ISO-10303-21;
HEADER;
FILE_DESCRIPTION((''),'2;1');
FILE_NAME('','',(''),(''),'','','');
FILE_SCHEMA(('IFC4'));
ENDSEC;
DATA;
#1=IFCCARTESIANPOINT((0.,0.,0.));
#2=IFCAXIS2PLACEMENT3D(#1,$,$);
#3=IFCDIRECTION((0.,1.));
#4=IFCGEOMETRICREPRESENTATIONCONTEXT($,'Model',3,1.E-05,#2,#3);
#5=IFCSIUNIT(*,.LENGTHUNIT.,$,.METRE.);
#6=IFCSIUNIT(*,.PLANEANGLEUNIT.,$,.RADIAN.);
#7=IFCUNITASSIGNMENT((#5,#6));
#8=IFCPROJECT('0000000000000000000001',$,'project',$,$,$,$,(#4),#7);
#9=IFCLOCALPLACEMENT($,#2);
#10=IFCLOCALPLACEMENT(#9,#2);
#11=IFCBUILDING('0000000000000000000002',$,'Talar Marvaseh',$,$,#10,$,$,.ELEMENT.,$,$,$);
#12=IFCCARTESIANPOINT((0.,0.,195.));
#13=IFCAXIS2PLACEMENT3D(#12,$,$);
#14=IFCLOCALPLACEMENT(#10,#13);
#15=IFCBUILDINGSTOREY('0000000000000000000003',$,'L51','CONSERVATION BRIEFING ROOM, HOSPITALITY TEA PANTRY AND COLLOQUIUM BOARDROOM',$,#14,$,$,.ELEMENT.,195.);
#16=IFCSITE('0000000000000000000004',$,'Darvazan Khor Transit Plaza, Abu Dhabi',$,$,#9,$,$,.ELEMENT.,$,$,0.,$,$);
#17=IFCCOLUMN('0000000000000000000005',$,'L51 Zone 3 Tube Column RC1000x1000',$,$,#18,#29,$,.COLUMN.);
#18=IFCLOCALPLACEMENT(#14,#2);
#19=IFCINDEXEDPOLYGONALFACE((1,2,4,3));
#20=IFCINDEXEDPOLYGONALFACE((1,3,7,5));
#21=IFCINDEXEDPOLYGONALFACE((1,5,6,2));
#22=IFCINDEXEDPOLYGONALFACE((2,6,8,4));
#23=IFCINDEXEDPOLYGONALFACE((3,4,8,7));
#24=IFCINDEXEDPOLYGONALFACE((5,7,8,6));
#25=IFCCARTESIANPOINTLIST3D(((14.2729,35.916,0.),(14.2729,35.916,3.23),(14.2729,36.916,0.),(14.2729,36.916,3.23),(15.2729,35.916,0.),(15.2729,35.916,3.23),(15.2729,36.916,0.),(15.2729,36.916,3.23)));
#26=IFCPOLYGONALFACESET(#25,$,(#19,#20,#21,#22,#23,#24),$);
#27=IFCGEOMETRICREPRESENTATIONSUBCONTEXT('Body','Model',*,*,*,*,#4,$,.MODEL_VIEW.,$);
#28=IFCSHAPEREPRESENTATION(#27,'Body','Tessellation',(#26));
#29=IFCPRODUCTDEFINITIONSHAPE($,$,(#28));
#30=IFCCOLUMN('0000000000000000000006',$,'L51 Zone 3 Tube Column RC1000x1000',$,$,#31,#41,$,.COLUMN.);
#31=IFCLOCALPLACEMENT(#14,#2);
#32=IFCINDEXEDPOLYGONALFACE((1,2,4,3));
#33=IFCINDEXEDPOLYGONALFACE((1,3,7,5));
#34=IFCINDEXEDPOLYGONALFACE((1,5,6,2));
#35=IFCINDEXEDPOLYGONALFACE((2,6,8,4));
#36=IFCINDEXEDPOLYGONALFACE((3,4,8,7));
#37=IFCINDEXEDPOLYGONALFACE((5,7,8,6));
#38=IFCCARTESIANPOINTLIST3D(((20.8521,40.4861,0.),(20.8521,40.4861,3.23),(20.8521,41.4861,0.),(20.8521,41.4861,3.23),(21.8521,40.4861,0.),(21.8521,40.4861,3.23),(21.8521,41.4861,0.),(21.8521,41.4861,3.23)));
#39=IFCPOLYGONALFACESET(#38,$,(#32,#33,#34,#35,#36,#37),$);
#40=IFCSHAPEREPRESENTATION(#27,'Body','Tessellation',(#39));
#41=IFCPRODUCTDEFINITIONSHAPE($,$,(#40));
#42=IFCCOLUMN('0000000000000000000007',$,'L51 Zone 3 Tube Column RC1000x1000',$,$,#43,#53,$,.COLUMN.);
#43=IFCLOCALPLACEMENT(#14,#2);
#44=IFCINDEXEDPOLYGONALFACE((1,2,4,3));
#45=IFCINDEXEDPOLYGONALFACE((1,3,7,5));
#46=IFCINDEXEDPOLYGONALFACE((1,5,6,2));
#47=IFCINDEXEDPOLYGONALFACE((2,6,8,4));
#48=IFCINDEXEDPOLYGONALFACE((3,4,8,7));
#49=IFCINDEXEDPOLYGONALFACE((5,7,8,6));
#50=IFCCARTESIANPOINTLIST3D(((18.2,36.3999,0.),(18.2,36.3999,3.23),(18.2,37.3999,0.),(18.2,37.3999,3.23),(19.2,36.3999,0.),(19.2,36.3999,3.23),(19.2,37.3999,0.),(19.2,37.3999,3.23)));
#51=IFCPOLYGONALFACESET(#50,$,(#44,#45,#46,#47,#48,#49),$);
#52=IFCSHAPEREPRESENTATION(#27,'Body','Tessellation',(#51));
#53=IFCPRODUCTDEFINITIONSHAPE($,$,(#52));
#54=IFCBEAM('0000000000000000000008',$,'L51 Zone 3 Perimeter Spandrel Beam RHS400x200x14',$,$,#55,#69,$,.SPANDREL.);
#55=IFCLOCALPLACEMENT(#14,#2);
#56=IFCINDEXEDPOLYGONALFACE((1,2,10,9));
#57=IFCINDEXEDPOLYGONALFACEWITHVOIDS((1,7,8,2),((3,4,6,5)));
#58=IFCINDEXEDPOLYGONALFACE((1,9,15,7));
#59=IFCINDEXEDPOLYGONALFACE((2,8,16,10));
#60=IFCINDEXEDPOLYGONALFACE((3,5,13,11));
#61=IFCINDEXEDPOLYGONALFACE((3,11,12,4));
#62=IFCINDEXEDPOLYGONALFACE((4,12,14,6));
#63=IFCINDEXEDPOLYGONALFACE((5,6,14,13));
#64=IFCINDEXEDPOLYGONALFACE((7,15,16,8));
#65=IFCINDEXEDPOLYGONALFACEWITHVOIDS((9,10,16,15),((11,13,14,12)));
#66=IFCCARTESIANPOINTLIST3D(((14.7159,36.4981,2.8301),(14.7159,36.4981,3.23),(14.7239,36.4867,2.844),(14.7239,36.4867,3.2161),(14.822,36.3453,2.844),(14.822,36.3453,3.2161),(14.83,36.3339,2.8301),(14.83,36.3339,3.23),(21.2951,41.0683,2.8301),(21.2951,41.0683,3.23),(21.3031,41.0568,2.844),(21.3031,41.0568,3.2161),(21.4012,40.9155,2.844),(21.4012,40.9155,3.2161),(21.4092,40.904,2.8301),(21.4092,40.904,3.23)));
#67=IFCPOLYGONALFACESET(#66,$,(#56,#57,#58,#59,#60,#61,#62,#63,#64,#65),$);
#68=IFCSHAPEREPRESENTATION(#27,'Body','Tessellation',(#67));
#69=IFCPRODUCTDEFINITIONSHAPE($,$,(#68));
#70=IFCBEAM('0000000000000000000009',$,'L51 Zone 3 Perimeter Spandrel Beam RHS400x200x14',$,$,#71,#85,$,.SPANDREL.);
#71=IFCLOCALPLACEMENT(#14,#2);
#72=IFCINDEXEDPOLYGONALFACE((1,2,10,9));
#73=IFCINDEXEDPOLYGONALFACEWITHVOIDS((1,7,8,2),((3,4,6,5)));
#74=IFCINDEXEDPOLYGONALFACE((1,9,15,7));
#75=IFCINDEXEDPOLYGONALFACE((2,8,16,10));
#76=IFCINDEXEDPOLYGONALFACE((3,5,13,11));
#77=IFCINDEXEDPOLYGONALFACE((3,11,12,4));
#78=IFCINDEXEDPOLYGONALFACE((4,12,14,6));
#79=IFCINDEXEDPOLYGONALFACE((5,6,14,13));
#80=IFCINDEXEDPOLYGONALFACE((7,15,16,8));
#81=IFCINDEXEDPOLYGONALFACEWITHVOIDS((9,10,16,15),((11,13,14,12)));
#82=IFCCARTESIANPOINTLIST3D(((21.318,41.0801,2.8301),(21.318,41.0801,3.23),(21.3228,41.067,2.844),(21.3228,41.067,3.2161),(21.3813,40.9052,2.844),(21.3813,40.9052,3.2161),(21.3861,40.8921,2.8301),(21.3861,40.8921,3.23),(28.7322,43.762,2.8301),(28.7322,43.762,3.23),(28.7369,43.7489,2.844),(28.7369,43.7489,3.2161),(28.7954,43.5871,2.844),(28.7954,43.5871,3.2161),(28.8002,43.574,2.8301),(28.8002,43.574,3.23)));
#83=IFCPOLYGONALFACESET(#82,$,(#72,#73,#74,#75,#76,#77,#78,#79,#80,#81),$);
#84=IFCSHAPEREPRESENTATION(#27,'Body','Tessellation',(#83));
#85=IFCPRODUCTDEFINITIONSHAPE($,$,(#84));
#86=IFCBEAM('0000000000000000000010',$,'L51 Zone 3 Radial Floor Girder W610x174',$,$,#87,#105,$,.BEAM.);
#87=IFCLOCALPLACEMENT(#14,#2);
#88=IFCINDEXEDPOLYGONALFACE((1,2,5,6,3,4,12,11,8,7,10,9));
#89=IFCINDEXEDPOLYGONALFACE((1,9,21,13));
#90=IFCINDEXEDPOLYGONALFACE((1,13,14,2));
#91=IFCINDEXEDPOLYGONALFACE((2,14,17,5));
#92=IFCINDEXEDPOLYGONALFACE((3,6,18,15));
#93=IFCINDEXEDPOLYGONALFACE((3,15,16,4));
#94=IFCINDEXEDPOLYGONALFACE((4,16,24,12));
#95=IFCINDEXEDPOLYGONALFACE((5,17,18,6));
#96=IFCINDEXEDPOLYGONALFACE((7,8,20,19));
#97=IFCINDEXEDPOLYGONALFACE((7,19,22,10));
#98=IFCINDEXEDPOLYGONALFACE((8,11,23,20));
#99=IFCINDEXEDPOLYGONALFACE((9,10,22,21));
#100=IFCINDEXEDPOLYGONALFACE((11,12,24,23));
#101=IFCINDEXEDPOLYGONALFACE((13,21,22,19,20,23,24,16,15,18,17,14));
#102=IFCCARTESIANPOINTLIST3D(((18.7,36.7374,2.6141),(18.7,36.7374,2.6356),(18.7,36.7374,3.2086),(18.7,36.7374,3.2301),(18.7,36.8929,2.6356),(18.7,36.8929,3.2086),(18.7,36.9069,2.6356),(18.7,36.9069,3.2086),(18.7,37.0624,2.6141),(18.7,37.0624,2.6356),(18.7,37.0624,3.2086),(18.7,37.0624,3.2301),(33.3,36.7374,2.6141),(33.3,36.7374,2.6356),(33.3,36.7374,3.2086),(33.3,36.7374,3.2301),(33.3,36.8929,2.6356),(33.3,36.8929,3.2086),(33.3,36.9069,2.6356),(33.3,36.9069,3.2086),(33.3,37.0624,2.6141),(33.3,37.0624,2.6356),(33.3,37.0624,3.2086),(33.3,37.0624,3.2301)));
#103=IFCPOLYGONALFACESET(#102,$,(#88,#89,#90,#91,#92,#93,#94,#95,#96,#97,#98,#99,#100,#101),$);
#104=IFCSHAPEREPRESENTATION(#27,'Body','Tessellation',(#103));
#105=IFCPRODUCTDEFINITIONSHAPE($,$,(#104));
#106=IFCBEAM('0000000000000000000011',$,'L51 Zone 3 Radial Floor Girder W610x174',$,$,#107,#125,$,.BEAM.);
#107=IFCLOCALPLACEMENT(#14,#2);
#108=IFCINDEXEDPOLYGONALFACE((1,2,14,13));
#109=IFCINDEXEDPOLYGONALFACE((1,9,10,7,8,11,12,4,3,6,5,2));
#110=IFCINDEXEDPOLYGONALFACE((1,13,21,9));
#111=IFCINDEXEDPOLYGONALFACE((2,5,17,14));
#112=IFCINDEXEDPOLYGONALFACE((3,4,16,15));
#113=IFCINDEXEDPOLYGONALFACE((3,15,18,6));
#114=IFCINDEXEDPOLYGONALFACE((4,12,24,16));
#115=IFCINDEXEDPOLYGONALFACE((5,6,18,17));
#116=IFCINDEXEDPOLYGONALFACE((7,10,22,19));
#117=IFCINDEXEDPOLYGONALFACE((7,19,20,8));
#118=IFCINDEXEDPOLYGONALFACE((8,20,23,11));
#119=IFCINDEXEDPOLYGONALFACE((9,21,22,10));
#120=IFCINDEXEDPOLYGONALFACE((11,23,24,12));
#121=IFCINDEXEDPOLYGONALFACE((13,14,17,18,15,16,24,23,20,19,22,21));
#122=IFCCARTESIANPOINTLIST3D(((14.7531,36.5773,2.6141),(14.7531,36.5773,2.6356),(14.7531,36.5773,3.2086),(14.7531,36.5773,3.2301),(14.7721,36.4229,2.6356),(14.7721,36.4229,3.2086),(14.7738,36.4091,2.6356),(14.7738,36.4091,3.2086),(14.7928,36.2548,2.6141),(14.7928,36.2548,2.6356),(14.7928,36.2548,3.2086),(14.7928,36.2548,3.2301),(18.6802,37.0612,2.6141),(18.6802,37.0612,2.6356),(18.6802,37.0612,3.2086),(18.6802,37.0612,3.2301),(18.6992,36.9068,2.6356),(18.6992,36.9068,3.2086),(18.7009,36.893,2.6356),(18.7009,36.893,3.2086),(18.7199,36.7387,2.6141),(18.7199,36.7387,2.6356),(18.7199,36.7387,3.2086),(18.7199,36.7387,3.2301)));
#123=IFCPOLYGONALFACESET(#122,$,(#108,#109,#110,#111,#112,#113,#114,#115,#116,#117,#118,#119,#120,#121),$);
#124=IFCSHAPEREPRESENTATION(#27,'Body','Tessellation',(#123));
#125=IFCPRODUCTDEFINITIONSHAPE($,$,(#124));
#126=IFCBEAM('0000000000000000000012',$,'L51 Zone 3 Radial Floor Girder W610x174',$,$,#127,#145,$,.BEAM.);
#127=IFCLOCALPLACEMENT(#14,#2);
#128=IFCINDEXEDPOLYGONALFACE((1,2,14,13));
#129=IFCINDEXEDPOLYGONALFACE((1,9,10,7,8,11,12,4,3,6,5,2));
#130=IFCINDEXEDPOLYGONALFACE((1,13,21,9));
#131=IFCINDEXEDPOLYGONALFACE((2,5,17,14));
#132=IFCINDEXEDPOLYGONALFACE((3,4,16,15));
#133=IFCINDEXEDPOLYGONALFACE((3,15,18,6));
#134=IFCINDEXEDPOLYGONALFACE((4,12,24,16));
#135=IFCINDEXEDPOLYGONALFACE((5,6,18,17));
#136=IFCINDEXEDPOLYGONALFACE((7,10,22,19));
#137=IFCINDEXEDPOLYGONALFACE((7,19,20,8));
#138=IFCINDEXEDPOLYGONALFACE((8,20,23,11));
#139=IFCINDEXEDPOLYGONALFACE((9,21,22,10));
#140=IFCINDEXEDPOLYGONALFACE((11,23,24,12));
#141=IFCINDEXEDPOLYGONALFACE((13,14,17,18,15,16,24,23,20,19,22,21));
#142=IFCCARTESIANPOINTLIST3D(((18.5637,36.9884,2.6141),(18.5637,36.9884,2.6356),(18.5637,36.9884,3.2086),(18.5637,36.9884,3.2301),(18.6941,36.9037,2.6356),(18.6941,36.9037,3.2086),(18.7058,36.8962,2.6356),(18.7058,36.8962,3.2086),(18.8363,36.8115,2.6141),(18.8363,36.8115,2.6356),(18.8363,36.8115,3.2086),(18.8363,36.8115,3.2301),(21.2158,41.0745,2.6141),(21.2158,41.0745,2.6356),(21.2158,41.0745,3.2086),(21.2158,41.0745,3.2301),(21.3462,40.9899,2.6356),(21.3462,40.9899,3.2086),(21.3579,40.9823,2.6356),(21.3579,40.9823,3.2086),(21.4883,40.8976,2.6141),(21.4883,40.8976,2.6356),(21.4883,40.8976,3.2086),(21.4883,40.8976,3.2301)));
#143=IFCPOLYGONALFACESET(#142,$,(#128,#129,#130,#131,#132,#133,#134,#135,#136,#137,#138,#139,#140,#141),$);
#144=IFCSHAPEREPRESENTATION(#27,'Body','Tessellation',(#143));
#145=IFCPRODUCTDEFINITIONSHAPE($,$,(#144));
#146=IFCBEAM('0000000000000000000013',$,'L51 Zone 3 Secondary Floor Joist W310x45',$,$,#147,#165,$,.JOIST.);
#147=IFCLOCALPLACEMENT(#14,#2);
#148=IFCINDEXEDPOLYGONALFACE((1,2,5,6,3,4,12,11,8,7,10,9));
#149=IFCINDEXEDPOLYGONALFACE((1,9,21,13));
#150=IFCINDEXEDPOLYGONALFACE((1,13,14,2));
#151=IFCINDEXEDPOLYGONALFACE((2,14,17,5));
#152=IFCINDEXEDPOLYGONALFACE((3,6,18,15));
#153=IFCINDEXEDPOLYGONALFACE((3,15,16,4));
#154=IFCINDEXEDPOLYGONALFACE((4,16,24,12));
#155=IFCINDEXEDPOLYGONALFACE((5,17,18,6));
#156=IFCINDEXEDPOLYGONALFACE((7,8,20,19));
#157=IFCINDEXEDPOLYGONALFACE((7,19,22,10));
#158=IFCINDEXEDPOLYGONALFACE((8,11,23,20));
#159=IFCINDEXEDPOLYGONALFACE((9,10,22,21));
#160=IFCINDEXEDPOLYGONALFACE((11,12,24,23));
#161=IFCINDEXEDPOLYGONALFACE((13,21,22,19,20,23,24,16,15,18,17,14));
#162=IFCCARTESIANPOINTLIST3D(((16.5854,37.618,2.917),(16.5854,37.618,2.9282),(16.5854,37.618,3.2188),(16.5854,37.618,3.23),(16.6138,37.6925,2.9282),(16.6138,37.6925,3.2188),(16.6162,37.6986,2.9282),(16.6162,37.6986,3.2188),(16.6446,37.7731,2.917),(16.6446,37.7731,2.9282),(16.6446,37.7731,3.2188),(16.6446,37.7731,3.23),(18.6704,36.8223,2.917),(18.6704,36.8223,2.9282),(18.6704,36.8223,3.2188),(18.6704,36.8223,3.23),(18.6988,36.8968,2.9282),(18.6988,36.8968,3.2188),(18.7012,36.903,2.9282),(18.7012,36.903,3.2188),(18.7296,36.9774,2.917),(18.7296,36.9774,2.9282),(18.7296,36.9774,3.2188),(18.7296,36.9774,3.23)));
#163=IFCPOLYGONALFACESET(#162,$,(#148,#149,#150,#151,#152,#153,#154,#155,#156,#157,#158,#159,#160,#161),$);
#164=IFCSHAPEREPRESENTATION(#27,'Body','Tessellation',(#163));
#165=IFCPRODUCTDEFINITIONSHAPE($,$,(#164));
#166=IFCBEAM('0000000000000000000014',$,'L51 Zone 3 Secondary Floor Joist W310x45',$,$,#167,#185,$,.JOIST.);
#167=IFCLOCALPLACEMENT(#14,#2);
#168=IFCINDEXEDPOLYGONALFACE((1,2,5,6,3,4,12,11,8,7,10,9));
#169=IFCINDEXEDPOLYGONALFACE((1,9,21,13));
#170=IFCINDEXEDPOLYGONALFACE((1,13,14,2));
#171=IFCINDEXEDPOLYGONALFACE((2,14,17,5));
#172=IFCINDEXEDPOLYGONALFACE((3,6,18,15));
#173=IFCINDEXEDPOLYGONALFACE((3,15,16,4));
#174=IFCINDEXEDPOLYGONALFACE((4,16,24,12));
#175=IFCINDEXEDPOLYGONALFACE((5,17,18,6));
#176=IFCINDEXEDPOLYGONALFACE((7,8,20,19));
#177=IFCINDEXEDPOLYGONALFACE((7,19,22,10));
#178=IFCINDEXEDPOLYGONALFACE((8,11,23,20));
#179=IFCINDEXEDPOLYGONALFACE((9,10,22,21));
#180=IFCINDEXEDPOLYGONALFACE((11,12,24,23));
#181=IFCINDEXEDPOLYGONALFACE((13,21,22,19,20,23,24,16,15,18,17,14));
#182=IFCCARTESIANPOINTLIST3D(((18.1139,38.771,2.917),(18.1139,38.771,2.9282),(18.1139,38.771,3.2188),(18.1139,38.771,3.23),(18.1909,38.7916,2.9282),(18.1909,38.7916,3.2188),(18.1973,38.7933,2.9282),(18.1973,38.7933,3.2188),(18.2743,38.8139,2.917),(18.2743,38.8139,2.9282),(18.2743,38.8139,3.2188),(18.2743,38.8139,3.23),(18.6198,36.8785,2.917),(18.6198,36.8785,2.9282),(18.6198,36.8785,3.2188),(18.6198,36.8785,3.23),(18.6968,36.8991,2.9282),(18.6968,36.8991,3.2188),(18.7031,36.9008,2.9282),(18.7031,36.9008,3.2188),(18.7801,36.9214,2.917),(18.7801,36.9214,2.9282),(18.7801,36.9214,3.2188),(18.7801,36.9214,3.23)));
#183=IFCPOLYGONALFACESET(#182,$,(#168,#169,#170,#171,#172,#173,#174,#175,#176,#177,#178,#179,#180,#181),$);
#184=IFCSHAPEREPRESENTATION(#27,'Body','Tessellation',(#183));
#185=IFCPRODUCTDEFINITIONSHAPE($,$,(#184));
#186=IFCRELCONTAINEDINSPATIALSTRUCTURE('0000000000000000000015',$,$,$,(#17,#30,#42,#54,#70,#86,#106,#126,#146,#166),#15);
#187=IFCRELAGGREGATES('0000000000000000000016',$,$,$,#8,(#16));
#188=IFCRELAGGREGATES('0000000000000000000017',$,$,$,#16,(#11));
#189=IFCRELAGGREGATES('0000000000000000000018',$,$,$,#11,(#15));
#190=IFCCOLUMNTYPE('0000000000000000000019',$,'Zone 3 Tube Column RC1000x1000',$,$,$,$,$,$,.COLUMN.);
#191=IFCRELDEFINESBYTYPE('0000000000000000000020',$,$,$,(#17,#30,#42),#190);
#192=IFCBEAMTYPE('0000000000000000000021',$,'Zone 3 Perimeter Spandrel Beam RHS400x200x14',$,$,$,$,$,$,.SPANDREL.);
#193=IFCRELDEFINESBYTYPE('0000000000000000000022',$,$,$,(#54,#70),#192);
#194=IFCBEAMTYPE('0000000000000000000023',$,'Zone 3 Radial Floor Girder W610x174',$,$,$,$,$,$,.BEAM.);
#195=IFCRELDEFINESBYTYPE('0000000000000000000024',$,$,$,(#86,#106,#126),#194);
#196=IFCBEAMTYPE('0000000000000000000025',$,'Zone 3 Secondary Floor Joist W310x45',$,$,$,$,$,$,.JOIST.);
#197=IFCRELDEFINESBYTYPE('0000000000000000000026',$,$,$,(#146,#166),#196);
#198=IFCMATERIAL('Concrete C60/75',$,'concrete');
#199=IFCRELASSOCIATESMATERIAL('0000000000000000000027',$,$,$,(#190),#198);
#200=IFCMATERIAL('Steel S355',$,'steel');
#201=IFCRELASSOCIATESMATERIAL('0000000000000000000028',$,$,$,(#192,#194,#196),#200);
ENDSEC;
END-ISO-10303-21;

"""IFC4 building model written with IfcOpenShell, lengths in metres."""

from ifc_helpers import new_model, si_unit, direction, frame, origin, origin_2d, place, context, subcontext, project, spatial, rectangle, hollow_rectangle, i_section, extrude, material, material_profile, profile_set, type_object, element, save


model = new_model("IFC4")

# Units and contexts
model_context = context("Model", 3, precision=1e-05, world=origin(), true_north=direction((0.0, 1.0)))
body_context = subcontext(model_context, "Body", "Model", "MODEL_VIEW")
ifc_project = project(units=[si_unit("LENGTHUNIT", "METRE"), si_unit("PLANEANGLEUNIT", "RADIAN")], contexts=[model_context])

# Site, building, storey
site_placement = place(None, origin())
site = spatial("IfcSite", under=ifc_project, at=site_placement, Name="Darvazan Khor Transit Plaza, Abu Dhabi", CompositionType="ELEMENT", RefElevation=0.0)
building_placement = place(site_placement, origin())
building = spatial("IfcBuilding", under=site, at=building_placement, Name="Talar Marvaseh", CompositionType="ELEMENT")
storey_placement = place(building_placement, frame((0.0, 0.0, 195.0)))
storey = spatial("IfcBuildingStorey", under=building, at=storey_placement, Name="L51", Description="CONSERVATION BRIEFING ROOM, HOSPITALITY TEA PANTRY AND COLLOQUIUM BOARDROOM", CompositionType="ELEMENT", Elevation=195.0)

# Columns
ifc_material_1 = material(Name="Concrete C60/75", Category="concrete")
ifc_material_profile_1 = material_profile(ifc_material_1, rectangle(XDim=1.0, YDim=1.0, at=origin_2d()), Name="RC1000x1000")
ifc_profile_set_1 = profile_set([ifc_material_profile_1], Name="Concrete C60/75")
column_type = type_object("IfcColumnType", Name="Zone 3 Tube Column RC1000x1000", PredefinedType="COLUMN", material=ifc_profile_set_1)
for number, where, z_axis, x_axis, name in (
    (1, (14.7729, 36.416, 0.0), (0.0, 0.0, 1.0), (1.0, 0.0, 0.0), "L51 Zone 3 Tube Column RC1000x1000"),
    (2, (21.3521, 40.9861, 0.0), (0.0, 0.0, 1.0), (1.0, 0.0, 0.0), "L51 Zone 3 Tube Column RC1000x1000"),
    (3, (18.7, 36.8999, 0.0), (0.0, 0.0, 1.0), (1.0, 0.0, 0.0), "L51 Zone 3 Tube Column RC1000x1000"),
):
    element("IfcColumn", number, at=place(storey_placement, frame(where, z_axis=z_axis, x_axis=x_axis)), inside=storey, type_object=column_type, Name=name, PredefinedType="COLUMN", context=body_context, shape_type="SweptSolid", body=[
        extrude(rectangle(XDim=1.0, YDim=1.0, at=origin_2d()), origin(), (0.0, 0.0, 1.0), 3.23),
    ])

# Beams
ifc_material_2 = material(Name="Steel S355", Category="steel")
ifc_material_profile_2 = material_profile(ifc_material_2, hollow_rectangle(XDim=0.2, YDim=0.3999, WallThickness=0.0139, at=origin_2d()), Name="RHS400x200x14")
ifc_profile_set_2 = profile_set([ifc_material_profile_2], Name="Steel S355")
beam_type_1 = type_object("IfcBeamType", Name="Zone 3 Perimeter Spandrel Beam RHS400x200x14", PredefinedType="SPANDREL", material=ifc_profile_set_2)
beam_1_placement = place(storey_placement, frame((14.7729, 36.416, 3.03), z_axis=(0.821297, 0.570501, 0.0), x_axis=(-0.570501, 0.821297, 0.0)))
element("IfcBeam", 4, at=beam_1_placement, inside=storey, type_object=beam_type_1, Name="L51 Zone 3 Perimeter Spandrel Beam RHS400x200x14", PredefinedType="SPANDREL", context=body_context, shape_type="SweptSolid", body=[
    extrude(hollow_rectangle(XDim=0.2, YDim=0.3999, WallThickness=0.0139, at=origin_2d()), origin(), (0.0, 0.0, 1.0), 8.0107),
])
beam_2_placement = place(storey_placement, frame((21.3521, 40.9861, 3.03), z_axis=(0.940368, 0.340159, 0.0), x_axis=(-0.340159, 0.940368, 0.0)))
element("IfcBeam", 5, at=beam_2_placement, inside=storey, type_object=beam_type_1, Name="L51 Zone 3 Perimeter Spandrel Beam RHS400x200x14", PredefinedType="SPANDREL", context=body_context, shape_type="SweptSolid", body=[
    extrude(hollow_rectangle(XDim=0.2, YDim=0.3999, WallThickness=0.0139, at=origin_2d()), origin(), (0.0, 0.0, 1.0), 7.8843),
])
ifc_material_profile_3 = material_profile(ifc_material_2, i_section(OverallWidth=0.325, OverallDepth=0.616, WebThickness=0.0139, FlangeThickness=0.0215, at=origin_2d()), Name="W610x174")
ifc_profile_set_3 = profile_set([ifc_material_profile_3], Name="Steel S355")
beam_type_2 = type_object("IfcBeamType", Name="Zone 3 Radial Floor Girder W610x174", PredefinedType="BEAM", material=ifc_profile_set_3)
beam_3_placement = place(storey_placement, frame((18.7, 36.8999, 2.9221), z_axis=(1.0, 0.0, 0.0), x_axis=(0.0, 1.0, 0.0)))
element("IfcBeam", 6, at=beam_3_placement, inside=storey, type_object=beam_type_2, Name="L51 Zone 3 Radial Floor Girder W610x174", PredefinedType="BEAM", context=body_context, shape_type="SweptSolid", body=[
    extrude(i_section(OverallWidth=0.325, OverallDepth=0.616, WebThickness=0.0139, FlangeThickness=0.0215, at=origin_2d()), origin(), (0.0, 0.0, 1.0), 14.6001),
])
beam_4_placement = place(storey_placement, frame((14.7729, 36.416, 2.9221), z_axis=(0.992494, 0.122295, 0.0), x_axis=(-0.122295, 0.992494, 0.0)))
element("IfcBeam", 7, at=beam_4_placement, inside=storey, type_object=beam_type_2, Name="L51 Zone 3 Radial Floor Girder W610x174", PredefinedType="BEAM", context=body_context, shape_type="SweptSolid", body=[
    extrude(i_section(OverallWidth=0.325, OverallDepth=0.616, WebThickness=0.0139, FlangeThickness=0.0215, at=origin_2d()), origin(), (0.0, 0.0, 1.0), 3.9568),
])
beam_5_placement = place(storey_placement, frame((21.3521, 40.9861, 2.9221), z_axis=(-0.544423, -0.838811, 0.0), x_axis=(0.838811, -0.544423, 0.0)))
element("IfcBeam", 8, at=beam_5_placement, inside=storey, type_object=beam_type_2, Name="L51 Zone 3 Radial Floor Girder W610x174", PredefinedType="BEAM", context=body_context, shape_type="SweptSolid", body=[
    extrude(i_section(OverallWidth=0.325, OverallDepth=0.616, WebThickness=0.0139, FlangeThickness=0.0215, at=origin_2d()), origin(), (0.0, 0.0, 1.0), 4.8713),
])
ifc_material_profile_4 = material_profile(ifc_material_2, i_section(OverallWidth=0.166, OverallDepth=0.313, WebThickness=0.0066, FlangeThickness=0.0112, at=origin_2d()), Name="W310x45")
ifc_profile_set_4 = profile_set([ifc_material_profile_4], Name="Steel S355")
beam_type_3 = type_object("IfcBeamType", Name="Zone 3 Secondary Floor Joist W310x45", PredefinedType="JOIST", material=ifc_profile_set_4)
beam_6_placement = place(storey_placement, frame((16.615, 37.6956, 3.0735), z_axis=(0.934281, -0.356537, 0.0), x_axis=(0.356537, 0.934281, 0.0)))
element("IfcBeam", 9, at=beam_6_placement, inside=storey, type_object=beam_type_3, Name="L51 Zone 3 Secondary Floor Joist W310x45", PredefinedType="JOIST", context=body_context, shape_type="SweptSolid", body=[
    extrude(i_section(OverallWidth=0.166, OverallDepth=0.313, WebThickness=0.0066, FlangeThickness=0.0112, at=origin_2d()), origin(), (0.0, 0.0, 1.0), 2.2317),
])
beam_7_placement = place(storey_placement, frame((18.1941, 38.7925, 3.0735), z_axis=(0.258221, -0.966086, 0.0), x_axis=(0.966086, 0.258221, 0.0)))
element("IfcBeam", 10, at=beam_7_placement, inside=storey, type_object=beam_type_3, Name="L51 Zone 3 Secondary Floor Joist W310x45", PredefinedType="JOIST", context=body_context, shape_type="SweptSolid", body=[
    extrude(i_section(OverallWidth=0.166, OverallDepth=0.313, WebThickness=0.0066, FlangeThickness=0.0112, at=origin_2d()), origin(), (0.0, 0.0, 1.0), 1.959),
])

save(model, "model.ifc")
